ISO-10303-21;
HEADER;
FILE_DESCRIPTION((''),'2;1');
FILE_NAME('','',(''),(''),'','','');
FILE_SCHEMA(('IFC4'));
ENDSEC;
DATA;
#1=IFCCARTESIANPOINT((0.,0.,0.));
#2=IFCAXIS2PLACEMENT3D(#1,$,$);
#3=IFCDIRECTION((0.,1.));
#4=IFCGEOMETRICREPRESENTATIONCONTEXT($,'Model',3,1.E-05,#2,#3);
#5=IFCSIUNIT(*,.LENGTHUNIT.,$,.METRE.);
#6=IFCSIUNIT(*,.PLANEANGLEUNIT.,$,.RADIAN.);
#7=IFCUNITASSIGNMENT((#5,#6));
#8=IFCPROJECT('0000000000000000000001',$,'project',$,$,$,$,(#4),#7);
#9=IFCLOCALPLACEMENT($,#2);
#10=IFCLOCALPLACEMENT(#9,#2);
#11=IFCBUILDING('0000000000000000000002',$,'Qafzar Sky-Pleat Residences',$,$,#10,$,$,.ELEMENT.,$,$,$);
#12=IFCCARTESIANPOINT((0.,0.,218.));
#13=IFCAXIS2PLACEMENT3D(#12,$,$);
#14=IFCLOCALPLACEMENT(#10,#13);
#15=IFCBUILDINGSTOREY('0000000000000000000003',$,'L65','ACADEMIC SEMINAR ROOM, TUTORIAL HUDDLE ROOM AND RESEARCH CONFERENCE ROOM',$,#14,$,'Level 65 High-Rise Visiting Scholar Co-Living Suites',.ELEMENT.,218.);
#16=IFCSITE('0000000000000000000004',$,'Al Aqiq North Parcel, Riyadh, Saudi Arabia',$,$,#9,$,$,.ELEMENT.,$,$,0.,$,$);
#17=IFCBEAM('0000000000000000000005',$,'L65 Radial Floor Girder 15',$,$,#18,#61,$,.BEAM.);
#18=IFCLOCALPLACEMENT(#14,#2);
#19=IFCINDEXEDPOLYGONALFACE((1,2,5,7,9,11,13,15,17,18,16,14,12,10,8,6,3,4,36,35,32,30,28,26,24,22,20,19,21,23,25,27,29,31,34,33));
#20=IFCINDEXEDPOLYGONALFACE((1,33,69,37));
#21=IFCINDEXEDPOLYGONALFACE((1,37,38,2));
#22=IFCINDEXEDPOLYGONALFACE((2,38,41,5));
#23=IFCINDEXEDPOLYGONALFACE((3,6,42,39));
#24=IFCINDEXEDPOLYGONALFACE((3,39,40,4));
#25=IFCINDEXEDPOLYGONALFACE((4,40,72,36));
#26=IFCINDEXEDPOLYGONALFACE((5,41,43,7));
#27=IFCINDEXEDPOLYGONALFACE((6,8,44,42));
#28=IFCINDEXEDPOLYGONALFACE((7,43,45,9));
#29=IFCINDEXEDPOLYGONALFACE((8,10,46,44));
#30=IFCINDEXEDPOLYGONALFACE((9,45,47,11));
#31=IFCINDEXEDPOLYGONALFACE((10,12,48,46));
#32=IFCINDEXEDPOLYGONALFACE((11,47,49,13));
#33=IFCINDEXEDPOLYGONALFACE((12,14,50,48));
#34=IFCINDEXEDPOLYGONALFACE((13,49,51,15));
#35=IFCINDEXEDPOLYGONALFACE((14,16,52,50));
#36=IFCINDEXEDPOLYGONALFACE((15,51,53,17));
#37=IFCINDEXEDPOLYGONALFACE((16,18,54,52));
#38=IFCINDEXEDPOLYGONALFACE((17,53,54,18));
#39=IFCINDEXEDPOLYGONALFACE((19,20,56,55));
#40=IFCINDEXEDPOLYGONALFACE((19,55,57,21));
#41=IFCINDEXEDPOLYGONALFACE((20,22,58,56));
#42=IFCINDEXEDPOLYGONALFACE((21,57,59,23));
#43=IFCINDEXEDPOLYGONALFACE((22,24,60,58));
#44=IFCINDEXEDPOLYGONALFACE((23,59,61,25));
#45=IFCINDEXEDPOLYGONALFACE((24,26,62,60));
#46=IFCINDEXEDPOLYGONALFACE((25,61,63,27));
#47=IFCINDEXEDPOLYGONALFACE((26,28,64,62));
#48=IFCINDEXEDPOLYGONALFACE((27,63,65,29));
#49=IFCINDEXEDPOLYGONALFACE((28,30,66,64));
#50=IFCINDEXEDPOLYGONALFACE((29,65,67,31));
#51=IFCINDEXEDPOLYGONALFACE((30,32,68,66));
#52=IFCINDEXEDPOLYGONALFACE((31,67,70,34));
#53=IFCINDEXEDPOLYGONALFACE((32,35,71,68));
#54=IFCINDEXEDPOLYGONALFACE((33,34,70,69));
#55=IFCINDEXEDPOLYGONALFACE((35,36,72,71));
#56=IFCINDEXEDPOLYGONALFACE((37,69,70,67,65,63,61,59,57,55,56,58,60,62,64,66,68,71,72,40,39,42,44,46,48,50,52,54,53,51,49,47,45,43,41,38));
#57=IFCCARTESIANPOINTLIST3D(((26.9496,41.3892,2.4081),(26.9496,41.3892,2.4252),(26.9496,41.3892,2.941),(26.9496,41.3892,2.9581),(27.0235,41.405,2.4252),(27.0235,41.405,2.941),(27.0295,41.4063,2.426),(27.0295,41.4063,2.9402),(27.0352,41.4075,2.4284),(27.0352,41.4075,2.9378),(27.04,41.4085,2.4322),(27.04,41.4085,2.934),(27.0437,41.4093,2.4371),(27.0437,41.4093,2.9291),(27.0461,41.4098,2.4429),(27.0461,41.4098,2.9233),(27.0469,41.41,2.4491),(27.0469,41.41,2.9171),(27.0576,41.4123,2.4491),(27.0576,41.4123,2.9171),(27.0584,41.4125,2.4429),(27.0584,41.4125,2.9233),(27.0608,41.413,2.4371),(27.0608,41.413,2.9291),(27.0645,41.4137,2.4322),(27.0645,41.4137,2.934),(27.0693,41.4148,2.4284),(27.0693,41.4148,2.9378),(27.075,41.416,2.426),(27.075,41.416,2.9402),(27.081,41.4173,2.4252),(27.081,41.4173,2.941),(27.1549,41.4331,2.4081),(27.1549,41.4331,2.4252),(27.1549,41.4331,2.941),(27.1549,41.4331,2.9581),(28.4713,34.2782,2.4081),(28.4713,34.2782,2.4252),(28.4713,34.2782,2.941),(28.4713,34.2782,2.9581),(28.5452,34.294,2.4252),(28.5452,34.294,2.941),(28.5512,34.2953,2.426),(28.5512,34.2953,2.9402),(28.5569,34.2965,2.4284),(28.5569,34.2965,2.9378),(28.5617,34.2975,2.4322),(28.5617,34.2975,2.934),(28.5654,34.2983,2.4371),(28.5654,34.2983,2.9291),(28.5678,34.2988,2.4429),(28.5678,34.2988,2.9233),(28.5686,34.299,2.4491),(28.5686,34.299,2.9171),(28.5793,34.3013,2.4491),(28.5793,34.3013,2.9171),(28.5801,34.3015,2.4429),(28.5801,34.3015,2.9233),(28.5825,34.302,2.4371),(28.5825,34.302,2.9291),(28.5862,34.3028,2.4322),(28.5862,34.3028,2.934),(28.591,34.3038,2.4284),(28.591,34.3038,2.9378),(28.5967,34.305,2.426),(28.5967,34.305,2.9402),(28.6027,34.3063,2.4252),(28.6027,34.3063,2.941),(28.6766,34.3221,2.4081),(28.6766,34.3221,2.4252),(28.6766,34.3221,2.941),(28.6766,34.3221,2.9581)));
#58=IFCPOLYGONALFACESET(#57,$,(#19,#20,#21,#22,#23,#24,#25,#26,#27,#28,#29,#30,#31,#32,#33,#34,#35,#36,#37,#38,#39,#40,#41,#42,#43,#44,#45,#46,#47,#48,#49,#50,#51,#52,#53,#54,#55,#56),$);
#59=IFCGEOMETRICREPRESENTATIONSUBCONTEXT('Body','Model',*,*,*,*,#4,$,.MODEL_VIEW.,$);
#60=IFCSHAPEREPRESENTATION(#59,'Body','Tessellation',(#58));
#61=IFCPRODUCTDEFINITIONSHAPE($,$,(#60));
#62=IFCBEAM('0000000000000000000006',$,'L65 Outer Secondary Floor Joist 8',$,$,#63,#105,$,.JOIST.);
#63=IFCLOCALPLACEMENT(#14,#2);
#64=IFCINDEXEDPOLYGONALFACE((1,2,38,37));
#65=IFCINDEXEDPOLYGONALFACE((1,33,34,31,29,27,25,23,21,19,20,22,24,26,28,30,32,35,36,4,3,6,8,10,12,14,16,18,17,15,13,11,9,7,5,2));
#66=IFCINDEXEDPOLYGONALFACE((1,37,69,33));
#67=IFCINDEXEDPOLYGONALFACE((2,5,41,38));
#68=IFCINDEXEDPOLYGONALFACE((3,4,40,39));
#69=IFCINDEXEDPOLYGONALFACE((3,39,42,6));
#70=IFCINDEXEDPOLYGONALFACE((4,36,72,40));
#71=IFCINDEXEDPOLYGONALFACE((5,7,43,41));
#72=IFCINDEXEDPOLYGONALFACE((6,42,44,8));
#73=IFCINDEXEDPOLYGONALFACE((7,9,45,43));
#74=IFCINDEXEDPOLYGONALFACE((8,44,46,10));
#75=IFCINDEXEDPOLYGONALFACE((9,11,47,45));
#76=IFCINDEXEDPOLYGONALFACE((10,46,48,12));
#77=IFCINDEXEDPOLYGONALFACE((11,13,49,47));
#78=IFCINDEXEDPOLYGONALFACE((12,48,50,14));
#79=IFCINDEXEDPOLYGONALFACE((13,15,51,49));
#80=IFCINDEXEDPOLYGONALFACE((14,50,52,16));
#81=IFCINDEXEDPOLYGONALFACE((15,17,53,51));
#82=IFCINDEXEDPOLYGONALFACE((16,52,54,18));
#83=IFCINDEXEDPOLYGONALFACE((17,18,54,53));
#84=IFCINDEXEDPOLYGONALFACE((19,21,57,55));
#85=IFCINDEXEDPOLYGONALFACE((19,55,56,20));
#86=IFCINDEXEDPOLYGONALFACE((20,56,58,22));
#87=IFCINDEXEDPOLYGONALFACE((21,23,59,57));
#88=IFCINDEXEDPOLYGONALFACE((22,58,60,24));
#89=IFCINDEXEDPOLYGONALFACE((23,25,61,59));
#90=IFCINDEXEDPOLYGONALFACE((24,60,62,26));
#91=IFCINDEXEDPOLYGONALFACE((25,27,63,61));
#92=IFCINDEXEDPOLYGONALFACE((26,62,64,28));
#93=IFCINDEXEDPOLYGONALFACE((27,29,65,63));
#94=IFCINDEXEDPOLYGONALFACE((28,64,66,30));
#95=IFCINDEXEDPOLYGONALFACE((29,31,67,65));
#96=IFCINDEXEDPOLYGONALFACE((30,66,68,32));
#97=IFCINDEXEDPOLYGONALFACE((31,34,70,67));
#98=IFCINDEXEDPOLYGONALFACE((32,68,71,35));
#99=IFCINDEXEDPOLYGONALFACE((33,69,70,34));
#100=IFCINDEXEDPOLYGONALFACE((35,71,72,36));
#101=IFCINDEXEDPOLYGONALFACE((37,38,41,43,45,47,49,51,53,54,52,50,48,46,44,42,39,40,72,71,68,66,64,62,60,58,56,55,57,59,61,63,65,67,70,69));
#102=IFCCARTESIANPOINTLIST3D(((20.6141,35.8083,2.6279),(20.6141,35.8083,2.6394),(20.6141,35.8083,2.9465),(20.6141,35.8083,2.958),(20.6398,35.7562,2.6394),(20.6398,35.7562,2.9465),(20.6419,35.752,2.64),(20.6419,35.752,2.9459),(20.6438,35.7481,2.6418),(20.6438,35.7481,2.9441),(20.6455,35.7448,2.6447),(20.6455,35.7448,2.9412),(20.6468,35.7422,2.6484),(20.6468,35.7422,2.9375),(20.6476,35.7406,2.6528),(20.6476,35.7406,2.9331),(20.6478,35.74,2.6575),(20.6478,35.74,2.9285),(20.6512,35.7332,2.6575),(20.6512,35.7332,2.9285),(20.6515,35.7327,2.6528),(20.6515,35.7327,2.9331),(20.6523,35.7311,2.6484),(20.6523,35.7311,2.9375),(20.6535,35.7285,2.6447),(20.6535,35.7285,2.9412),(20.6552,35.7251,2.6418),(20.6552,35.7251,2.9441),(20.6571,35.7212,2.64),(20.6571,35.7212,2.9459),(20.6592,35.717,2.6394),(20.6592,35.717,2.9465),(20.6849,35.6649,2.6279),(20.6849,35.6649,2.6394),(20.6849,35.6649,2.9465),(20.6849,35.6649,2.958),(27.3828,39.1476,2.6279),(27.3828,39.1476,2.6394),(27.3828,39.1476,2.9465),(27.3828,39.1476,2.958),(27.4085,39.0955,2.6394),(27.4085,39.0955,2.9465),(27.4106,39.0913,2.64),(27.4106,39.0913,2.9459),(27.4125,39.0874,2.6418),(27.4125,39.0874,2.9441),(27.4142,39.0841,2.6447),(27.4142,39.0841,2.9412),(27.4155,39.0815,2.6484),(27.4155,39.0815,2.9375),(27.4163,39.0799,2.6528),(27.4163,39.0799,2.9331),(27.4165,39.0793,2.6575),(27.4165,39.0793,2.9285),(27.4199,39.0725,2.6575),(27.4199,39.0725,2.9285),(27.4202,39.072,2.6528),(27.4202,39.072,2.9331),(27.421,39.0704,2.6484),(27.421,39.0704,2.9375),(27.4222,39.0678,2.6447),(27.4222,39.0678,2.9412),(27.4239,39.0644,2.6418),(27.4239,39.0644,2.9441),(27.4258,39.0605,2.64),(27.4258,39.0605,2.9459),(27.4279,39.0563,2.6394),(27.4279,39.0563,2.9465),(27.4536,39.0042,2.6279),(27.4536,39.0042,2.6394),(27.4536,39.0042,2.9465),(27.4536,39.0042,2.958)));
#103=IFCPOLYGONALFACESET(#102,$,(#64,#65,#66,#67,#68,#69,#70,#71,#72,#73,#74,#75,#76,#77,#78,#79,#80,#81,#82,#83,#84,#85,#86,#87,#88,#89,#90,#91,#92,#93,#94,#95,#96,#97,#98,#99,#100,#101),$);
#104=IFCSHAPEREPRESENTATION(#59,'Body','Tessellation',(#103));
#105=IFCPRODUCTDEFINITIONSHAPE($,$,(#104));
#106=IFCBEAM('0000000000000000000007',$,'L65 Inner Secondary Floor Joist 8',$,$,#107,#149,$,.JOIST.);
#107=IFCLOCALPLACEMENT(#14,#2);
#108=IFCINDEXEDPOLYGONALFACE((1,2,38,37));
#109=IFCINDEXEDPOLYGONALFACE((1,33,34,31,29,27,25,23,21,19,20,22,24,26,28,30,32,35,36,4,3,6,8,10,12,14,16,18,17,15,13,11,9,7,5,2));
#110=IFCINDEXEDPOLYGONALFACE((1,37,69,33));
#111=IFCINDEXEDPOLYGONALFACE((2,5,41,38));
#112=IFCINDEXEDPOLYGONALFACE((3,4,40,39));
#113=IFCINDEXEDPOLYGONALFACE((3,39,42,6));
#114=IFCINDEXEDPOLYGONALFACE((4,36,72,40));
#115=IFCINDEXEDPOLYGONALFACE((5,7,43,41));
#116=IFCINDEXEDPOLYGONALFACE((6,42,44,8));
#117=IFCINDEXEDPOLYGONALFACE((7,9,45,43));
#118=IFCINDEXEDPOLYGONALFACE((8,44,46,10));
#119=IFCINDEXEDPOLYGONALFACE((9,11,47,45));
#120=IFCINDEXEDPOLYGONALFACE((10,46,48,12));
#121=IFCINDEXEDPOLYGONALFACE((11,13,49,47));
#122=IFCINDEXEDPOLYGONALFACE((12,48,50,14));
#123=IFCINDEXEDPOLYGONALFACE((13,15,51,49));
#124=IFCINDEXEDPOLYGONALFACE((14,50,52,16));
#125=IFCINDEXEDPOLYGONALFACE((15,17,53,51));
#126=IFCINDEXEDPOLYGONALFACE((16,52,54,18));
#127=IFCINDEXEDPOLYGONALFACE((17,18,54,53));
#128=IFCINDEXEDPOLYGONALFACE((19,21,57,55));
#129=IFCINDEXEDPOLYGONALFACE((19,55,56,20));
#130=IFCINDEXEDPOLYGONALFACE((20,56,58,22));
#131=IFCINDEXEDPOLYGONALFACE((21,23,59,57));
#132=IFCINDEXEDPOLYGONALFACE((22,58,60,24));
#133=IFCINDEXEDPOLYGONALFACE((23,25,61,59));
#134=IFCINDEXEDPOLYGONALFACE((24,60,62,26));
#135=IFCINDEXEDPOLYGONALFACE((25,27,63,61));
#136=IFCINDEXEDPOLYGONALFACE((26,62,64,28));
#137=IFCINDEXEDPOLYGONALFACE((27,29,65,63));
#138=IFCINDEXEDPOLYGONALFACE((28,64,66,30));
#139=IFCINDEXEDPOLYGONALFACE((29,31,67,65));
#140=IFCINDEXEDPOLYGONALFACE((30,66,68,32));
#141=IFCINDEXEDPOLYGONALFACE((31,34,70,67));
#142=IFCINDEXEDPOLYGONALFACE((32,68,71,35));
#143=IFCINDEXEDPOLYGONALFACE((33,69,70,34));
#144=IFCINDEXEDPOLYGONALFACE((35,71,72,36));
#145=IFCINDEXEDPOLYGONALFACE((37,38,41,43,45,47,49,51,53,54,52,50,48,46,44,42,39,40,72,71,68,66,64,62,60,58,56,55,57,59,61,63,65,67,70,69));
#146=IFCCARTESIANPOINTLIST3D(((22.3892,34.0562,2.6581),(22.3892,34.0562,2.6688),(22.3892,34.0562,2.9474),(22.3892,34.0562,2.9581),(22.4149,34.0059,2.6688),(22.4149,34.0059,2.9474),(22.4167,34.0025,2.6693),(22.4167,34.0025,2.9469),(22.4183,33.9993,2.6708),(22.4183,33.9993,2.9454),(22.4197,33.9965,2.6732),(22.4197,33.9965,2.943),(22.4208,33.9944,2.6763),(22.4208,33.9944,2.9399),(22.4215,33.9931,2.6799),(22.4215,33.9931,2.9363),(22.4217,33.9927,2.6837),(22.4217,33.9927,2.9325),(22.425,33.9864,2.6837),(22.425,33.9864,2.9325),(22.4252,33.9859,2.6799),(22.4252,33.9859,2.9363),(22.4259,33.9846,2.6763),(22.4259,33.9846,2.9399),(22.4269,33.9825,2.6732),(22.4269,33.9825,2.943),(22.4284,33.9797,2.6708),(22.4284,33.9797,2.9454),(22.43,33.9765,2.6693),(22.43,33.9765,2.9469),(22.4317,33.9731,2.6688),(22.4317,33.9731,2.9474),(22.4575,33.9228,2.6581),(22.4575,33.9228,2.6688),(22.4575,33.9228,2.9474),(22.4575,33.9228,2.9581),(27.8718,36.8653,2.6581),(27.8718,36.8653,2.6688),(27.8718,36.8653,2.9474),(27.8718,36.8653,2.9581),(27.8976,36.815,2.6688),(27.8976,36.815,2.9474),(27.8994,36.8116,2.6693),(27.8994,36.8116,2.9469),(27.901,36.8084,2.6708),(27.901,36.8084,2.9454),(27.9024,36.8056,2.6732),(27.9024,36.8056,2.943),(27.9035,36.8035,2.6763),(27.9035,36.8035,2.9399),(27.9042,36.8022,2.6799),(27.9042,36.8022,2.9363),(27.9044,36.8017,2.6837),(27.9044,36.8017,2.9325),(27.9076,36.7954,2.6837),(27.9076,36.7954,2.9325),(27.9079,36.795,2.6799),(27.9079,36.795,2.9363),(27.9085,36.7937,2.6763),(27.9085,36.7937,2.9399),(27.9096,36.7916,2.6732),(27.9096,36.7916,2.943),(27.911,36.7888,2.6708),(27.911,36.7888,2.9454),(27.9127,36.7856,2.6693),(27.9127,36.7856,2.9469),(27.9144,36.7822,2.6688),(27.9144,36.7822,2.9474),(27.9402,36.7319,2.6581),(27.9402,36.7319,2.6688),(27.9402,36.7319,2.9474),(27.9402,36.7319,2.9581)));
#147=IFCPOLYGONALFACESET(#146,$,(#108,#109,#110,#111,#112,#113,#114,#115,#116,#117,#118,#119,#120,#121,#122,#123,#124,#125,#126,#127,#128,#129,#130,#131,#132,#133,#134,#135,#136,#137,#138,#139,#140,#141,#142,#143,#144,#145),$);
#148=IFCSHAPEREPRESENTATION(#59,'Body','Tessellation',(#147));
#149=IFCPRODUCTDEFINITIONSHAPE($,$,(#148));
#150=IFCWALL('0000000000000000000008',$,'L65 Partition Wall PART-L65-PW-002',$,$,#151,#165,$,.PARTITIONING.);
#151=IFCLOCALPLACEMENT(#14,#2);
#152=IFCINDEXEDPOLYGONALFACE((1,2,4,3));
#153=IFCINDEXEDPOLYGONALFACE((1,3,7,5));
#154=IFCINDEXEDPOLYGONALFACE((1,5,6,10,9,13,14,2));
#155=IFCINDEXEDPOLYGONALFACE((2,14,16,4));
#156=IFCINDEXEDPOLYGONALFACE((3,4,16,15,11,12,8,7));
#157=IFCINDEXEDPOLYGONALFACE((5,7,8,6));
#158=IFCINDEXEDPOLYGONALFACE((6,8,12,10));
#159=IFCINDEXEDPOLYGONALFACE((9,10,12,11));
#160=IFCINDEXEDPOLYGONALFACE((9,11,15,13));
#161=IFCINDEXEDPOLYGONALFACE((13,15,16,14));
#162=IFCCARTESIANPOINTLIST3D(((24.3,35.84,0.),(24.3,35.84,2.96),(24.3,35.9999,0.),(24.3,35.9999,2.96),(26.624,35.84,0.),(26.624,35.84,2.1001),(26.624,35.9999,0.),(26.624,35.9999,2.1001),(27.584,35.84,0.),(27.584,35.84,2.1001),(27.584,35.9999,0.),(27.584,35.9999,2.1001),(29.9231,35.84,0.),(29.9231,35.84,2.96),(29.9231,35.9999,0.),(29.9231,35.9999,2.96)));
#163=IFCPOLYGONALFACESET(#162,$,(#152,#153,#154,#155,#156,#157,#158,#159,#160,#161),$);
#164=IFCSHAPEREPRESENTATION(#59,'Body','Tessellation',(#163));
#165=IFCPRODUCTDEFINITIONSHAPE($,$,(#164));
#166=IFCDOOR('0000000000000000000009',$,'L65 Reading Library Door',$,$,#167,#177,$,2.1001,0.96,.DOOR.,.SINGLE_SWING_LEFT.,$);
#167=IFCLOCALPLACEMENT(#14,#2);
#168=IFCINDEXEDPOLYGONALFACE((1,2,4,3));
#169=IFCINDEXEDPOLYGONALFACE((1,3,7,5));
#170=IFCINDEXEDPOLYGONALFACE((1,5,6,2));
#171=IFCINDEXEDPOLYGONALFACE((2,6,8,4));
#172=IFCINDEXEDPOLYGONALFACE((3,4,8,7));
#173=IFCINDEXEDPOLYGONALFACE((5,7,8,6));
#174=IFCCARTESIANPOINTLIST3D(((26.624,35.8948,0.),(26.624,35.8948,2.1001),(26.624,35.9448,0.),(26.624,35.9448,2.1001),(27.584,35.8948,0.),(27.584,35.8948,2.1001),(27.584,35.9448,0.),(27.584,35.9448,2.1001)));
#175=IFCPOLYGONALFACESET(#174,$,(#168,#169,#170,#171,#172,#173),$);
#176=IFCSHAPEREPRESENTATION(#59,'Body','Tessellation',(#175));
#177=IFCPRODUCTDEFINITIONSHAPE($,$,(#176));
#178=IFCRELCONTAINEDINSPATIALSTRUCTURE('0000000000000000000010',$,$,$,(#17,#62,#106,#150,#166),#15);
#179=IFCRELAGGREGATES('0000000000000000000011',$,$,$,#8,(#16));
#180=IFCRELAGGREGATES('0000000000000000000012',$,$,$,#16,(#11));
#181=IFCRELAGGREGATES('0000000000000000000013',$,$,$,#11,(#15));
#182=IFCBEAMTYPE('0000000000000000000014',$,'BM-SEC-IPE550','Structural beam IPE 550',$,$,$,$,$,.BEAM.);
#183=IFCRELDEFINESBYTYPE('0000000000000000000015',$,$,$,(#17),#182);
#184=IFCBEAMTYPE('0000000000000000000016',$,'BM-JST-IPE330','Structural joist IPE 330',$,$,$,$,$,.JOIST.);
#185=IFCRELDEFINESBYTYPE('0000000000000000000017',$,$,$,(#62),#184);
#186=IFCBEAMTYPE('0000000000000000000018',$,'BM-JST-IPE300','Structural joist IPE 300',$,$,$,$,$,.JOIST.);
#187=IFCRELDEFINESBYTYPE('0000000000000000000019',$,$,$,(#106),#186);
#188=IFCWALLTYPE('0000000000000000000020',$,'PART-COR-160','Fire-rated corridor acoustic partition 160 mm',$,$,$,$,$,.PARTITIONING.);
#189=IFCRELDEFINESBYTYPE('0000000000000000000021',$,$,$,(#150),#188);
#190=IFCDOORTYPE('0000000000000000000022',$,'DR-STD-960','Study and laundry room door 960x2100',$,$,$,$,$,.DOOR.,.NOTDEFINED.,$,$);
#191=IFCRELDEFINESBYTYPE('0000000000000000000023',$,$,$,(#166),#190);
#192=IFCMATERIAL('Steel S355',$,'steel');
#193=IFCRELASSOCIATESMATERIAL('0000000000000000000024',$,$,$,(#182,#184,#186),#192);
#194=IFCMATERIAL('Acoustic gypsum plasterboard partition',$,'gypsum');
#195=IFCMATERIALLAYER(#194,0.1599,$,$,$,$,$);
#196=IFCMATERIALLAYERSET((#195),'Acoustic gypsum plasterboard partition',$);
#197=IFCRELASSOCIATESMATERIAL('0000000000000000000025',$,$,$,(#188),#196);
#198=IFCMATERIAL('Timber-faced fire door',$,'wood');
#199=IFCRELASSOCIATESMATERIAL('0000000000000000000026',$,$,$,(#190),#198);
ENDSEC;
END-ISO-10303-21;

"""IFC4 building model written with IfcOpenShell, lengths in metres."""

from ifc_helpers import new_model, si_unit, direction, frame, frame_2d, origin, origin_2d, place, context, subcontext, project, spatial, rectangle, i_section, extrude, source, transform, mapped, material, layer, layer_set, material_profile, profile_set, type_object, element, fill, save


model = new_model("IFC4")

# Units and contexts
model_context = context("Model", 3, precision=1e-05, world=origin(), true_north=direction((0.0, 1.0)))
body_context = subcontext(model_context, "Body", "Model", "MODEL_VIEW")
ifc_project = project(units=[si_unit("LENGTHUNIT", "METRE"), si_unit("PLANEANGLEUNIT", "RADIAN")], contexts=[model_context])

# Site, building, storey
site_placement = place(None, origin())
site = spatial("IfcSite", under=ifc_project, at=site_placement, Name="Al Aqiq North Parcel, Riyadh, Saudi Arabia", CompositionType="ELEMENT", RefElevation=0.0)
building_placement = place(site_placement, origin())
building = spatial("IfcBuilding", under=site, at=building_placement, Name="Qafzar Sky-Pleat Residences", CompositionType="ELEMENT")
storey_placement = place(building_placement, frame((0.0, 0.0, 218.0)))
storey = spatial("IfcBuildingStorey", under=building, at=storey_placement, Name="L65", Description="ACADEMIC SEMINAR ROOM, TUTORIAL HUDDLE ROOM AND RESEARCH CONFERENCE ROOM", LongName="Level 65 High-Rise Visiting Scholar Co-Living Suites", CompositionType="ELEMENT", Elevation=218.0)

# Shared definitions
ifc_material_1 = material(Name="Steel S355", Category="steel")

# Beams
ifc_material_profile_1 = material_profile(ifc_material_1, i_section(OverallWidth=0.21, OverallDepth=0.55, WebThickness=0.011, FlangeThickness=0.0171, FilletRadius=0.0239, at=origin_2d()), Name="IPE 550")
ifc_profile_set_1 = profile_set([ifc_material_profile_1], Name="Steel S355")
beam_type_1 = type_object("IfcBeamType", Name="BM-SEC-IPE550", Description="Structural beam IPE 550", PredefinedType="BEAM", material=ifc_profile_set_1)
shared_shape_1 = source(origin(), body_context, "Body", "SweptSolid", [
    extrude(i_section(OverallWidth=0.21, OverallDepth=0.55, WebThickness=0.011, FlangeThickness=0.0171, FilletRadius=0.0239, at=origin_2d()), origin(), (0.0, 0.0, 1.0), 7.272),
])
beam_1_placement = place(storey_placement, frame((27.0522, 41.4111, 2.6831), z_axis=(0.209256, -0.977861, 0.0), x_axis=(0.977861, 0.209256, 0.0)))
element("IfcBeam", 1, at=beam_1_placement, inside=storey, type_object=beam_type_1, Name="L65 Radial Floor Girder 15", PredefinedType="BEAM", context=body_context, shape_type="MappedRepresentation", body=[
    mapped(shared_shape_1, transform((0.0, 0.0, 0.0), x_axis=(1.0, 0.0, 0.0), y_axis=(0.0, 1.0, 0.0), z_axis=(0.0, 0.0, 1.0), scale=1.0)),
])
ifc_material_profile_2 = material_profile(ifc_material_1, i_section(OverallWidth=0.1599, OverallDepth=0.3301, WebThickness=0.0076, FlangeThickness=0.0115, FilletRadius=0.0181, at=origin_2d()), Name="IPE 330")
ifc_profile_set_2 = profile_set([ifc_material_profile_2], Name="Steel S355")
beam_type_2 = type_object("IfcBeamType", Name="BM-JST-IPE330", Description="Structural joist IPE 330", PredefinedType="JOIST", material=ifc_profile_set_2)
shared_shape_2 = source(origin(), body_context, "Body", "SweptSolid", [
    extrude(i_section(OverallWidth=0.1599, OverallDepth=0.3301, WebThickness=0.0076, FlangeThickness=0.0115, FilletRadius=0.0181, at=origin_2d()), origin(), (0.0, 0.0, 1.0), 7.5476),
])
beam_2_placement = place(storey_placement, frame((27.4182, 39.0759, 2.793), z_axis=(-0.896802, -0.442433, 0.0), x_axis=(0.442433, -0.896802, 0.0)))
element("IfcBeam", 2, at=beam_2_placement, inside=storey, type_object=beam_type_2, Name="L65 Outer Secondary Floor Joist 8", PredefinedType="JOIST", context=body_context, shape_type="MappedRepresentation", body=[
    mapped(shared_shape_2, transform((0.0, 0.0, 0.0), x_axis=(1.0, 0.0, 0.0), y_axis=(0.0, 1.0, 0.0), z_axis=(0.0, 0.0, 1.0), scale=1.0)),
])
ifc_material_profile_3 = material_profile(ifc_material_1, i_section(OverallWidth=0.1499, OverallDepth=0.3, WebThickness=0.0071, FlangeThickness=0.0107, FilletRadius=0.0149, at=origin_2d()), Name="IPE 300")
ifc_profile_set_3 = profile_set([ifc_material_profile_3], Name="Steel S355")
beam_type_3 = type_object("IfcBeamType", Name="BM-JST-IPE300", Description="Structural joist IPE 300", PredefinedType="JOIST", material=ifc_profile_set_3)
shared_shape_3 = source(origin(), body_context, "Body", "SweptSolid", [
    extrude(i_section(OverallWidth=0.1499, OverallDepth=0.3, WebThickness=0.0071, FlangeThickness=0.0107, FilletRadius=0.0149, at=origin_2d()), origin(), (0.0, 0.0, 1.0), 6.1604),
])
beam_3_placement = place(storey_placement, frame((27.906, 36.7986, 2.8081), z_axis=(-0.889985, -0.45599, 0.0), x_axis=(0.45599, -0.889985, 0.0)))
element("IfcBeam", 3, at=beam_3_placement, inside=storey, type_object=beam_type_3, Name="L65 Inner Secondary Floor Joist 8", PredefinedType="JOIST", context=body_context, shape_type="MappedRepresentation", body=[
    mapped(shared_shape_3, transform((0.0, 0.0, 0.0), x_axis=(1.0, 0.0, 0.0), y_axis=(0.0, 1.0, 0.0), z_axis=(0.0, 0.0, 1.0), scale=1.0)),
])

# Wall, opening, door
ifc_material_2 = material(Name="Acoustic gypsum plasterboard partition", Category="gypsum")
ifc_layer_1 = layer(ifc_material_2, 0.1599)
ifc_layer_set_1 = layer_set([ifc_layer_1], Name="Acoustic gypsum plasterboard partition")
wall_type_1 = type_object("IfcWallType", Name="PART-COR-160", Description="Fire-rated corridor acoustic partition 160 mm", PredefinedType="PARTITIONING", material=ifc_layer_set_1)
wall_1_placement = place(storey_placement, frame((24.3, 35.9199, 0.0), z_axis=(0.0, 0.0, 1.0), x_axis=(1.0, 0.0, 0.0)))
wall_1 = element("IfcWall", 4, at=wall_1_placement, inside=storey, type_object=wall_type_1, Name="L65 Partition Wall PART-L65-PW-002", PredefinedType="PARTITIONING", context=body_context, shape_type="SweptSolid", body=[
    extrude(rectangle(XDim=5.623, YDim=0.1599, at=frame_2d((2.8115, 0.0))), origin(), (0.0, 0.0, 1.0), 2.96),
])
opening_1_placement = place(wall_1_placement, frame((2.324, 0.0, 0.0)))
opening_1 = element("IfcOpeningElement", 5, at=opening_1_placement, cuts=wall_1, PredefinedType="OPENING", context=body_context, shape_type="SweptSolid", body=[
    extrude(rectangle(XDim=0.96, YDim=2.1001, at=frame_2d((0.48, 1.05))), frame((0.0, 0.0898, 0.0), z_axis=(0.0, -1.0, 0.0), x_axis=(1.0, 0.0, 0.0)), (0.0, 0.0, 1.0), 0.1799),
])
ifc_material_3 = material(Name="Timber-faced fire door", Category="wood")
door_type = type_object("IfcDoorType", Name="DR-STD-960", Description="Study and laundry room door 960x2100", OperationType="NOTDEFINED", PredefinedType="DOOR", material=ifc_material_3)
shared_shape_4 = source(origin(), body_context, "Body", "SweptSolid", [
    extrude(rectangle(XDim=0.96, YDim=2.1001, at=frame_2d((0.48, 1.05))), frame((0.0, 0.0249, 0.0), z_axis=(0.0, -1.0, 0.0), x_axis=(1.0, 0.0, 0.0)), (0.0, 0.0, 1.0), 0.05),
])
door_placement = place(opening_1_placement, origin())
door = element("IfcDoor", 6, at=door_placement, inside=storey, type_object=door_type, Name="L65 Reading Library Door", OperationType="SINGLE_SWING_LEFT", OverallHeight=2.1001, OverallWidth=0.96, PredefinedType="DOOR", context=body_context, shape_type="MappedRepresentation", body=[
    mapped(shared_shape_4, transform((0.0, 0.0, 0.0), x_axis=(1.0, 0.0, 0.0), y_axis=(0.0, 1.0, 0.0), z_axis=(0.0, 0.0, 1.0), scale=1.0)),
])
fill(opening_1, door)

save(model, "model.ifc")
